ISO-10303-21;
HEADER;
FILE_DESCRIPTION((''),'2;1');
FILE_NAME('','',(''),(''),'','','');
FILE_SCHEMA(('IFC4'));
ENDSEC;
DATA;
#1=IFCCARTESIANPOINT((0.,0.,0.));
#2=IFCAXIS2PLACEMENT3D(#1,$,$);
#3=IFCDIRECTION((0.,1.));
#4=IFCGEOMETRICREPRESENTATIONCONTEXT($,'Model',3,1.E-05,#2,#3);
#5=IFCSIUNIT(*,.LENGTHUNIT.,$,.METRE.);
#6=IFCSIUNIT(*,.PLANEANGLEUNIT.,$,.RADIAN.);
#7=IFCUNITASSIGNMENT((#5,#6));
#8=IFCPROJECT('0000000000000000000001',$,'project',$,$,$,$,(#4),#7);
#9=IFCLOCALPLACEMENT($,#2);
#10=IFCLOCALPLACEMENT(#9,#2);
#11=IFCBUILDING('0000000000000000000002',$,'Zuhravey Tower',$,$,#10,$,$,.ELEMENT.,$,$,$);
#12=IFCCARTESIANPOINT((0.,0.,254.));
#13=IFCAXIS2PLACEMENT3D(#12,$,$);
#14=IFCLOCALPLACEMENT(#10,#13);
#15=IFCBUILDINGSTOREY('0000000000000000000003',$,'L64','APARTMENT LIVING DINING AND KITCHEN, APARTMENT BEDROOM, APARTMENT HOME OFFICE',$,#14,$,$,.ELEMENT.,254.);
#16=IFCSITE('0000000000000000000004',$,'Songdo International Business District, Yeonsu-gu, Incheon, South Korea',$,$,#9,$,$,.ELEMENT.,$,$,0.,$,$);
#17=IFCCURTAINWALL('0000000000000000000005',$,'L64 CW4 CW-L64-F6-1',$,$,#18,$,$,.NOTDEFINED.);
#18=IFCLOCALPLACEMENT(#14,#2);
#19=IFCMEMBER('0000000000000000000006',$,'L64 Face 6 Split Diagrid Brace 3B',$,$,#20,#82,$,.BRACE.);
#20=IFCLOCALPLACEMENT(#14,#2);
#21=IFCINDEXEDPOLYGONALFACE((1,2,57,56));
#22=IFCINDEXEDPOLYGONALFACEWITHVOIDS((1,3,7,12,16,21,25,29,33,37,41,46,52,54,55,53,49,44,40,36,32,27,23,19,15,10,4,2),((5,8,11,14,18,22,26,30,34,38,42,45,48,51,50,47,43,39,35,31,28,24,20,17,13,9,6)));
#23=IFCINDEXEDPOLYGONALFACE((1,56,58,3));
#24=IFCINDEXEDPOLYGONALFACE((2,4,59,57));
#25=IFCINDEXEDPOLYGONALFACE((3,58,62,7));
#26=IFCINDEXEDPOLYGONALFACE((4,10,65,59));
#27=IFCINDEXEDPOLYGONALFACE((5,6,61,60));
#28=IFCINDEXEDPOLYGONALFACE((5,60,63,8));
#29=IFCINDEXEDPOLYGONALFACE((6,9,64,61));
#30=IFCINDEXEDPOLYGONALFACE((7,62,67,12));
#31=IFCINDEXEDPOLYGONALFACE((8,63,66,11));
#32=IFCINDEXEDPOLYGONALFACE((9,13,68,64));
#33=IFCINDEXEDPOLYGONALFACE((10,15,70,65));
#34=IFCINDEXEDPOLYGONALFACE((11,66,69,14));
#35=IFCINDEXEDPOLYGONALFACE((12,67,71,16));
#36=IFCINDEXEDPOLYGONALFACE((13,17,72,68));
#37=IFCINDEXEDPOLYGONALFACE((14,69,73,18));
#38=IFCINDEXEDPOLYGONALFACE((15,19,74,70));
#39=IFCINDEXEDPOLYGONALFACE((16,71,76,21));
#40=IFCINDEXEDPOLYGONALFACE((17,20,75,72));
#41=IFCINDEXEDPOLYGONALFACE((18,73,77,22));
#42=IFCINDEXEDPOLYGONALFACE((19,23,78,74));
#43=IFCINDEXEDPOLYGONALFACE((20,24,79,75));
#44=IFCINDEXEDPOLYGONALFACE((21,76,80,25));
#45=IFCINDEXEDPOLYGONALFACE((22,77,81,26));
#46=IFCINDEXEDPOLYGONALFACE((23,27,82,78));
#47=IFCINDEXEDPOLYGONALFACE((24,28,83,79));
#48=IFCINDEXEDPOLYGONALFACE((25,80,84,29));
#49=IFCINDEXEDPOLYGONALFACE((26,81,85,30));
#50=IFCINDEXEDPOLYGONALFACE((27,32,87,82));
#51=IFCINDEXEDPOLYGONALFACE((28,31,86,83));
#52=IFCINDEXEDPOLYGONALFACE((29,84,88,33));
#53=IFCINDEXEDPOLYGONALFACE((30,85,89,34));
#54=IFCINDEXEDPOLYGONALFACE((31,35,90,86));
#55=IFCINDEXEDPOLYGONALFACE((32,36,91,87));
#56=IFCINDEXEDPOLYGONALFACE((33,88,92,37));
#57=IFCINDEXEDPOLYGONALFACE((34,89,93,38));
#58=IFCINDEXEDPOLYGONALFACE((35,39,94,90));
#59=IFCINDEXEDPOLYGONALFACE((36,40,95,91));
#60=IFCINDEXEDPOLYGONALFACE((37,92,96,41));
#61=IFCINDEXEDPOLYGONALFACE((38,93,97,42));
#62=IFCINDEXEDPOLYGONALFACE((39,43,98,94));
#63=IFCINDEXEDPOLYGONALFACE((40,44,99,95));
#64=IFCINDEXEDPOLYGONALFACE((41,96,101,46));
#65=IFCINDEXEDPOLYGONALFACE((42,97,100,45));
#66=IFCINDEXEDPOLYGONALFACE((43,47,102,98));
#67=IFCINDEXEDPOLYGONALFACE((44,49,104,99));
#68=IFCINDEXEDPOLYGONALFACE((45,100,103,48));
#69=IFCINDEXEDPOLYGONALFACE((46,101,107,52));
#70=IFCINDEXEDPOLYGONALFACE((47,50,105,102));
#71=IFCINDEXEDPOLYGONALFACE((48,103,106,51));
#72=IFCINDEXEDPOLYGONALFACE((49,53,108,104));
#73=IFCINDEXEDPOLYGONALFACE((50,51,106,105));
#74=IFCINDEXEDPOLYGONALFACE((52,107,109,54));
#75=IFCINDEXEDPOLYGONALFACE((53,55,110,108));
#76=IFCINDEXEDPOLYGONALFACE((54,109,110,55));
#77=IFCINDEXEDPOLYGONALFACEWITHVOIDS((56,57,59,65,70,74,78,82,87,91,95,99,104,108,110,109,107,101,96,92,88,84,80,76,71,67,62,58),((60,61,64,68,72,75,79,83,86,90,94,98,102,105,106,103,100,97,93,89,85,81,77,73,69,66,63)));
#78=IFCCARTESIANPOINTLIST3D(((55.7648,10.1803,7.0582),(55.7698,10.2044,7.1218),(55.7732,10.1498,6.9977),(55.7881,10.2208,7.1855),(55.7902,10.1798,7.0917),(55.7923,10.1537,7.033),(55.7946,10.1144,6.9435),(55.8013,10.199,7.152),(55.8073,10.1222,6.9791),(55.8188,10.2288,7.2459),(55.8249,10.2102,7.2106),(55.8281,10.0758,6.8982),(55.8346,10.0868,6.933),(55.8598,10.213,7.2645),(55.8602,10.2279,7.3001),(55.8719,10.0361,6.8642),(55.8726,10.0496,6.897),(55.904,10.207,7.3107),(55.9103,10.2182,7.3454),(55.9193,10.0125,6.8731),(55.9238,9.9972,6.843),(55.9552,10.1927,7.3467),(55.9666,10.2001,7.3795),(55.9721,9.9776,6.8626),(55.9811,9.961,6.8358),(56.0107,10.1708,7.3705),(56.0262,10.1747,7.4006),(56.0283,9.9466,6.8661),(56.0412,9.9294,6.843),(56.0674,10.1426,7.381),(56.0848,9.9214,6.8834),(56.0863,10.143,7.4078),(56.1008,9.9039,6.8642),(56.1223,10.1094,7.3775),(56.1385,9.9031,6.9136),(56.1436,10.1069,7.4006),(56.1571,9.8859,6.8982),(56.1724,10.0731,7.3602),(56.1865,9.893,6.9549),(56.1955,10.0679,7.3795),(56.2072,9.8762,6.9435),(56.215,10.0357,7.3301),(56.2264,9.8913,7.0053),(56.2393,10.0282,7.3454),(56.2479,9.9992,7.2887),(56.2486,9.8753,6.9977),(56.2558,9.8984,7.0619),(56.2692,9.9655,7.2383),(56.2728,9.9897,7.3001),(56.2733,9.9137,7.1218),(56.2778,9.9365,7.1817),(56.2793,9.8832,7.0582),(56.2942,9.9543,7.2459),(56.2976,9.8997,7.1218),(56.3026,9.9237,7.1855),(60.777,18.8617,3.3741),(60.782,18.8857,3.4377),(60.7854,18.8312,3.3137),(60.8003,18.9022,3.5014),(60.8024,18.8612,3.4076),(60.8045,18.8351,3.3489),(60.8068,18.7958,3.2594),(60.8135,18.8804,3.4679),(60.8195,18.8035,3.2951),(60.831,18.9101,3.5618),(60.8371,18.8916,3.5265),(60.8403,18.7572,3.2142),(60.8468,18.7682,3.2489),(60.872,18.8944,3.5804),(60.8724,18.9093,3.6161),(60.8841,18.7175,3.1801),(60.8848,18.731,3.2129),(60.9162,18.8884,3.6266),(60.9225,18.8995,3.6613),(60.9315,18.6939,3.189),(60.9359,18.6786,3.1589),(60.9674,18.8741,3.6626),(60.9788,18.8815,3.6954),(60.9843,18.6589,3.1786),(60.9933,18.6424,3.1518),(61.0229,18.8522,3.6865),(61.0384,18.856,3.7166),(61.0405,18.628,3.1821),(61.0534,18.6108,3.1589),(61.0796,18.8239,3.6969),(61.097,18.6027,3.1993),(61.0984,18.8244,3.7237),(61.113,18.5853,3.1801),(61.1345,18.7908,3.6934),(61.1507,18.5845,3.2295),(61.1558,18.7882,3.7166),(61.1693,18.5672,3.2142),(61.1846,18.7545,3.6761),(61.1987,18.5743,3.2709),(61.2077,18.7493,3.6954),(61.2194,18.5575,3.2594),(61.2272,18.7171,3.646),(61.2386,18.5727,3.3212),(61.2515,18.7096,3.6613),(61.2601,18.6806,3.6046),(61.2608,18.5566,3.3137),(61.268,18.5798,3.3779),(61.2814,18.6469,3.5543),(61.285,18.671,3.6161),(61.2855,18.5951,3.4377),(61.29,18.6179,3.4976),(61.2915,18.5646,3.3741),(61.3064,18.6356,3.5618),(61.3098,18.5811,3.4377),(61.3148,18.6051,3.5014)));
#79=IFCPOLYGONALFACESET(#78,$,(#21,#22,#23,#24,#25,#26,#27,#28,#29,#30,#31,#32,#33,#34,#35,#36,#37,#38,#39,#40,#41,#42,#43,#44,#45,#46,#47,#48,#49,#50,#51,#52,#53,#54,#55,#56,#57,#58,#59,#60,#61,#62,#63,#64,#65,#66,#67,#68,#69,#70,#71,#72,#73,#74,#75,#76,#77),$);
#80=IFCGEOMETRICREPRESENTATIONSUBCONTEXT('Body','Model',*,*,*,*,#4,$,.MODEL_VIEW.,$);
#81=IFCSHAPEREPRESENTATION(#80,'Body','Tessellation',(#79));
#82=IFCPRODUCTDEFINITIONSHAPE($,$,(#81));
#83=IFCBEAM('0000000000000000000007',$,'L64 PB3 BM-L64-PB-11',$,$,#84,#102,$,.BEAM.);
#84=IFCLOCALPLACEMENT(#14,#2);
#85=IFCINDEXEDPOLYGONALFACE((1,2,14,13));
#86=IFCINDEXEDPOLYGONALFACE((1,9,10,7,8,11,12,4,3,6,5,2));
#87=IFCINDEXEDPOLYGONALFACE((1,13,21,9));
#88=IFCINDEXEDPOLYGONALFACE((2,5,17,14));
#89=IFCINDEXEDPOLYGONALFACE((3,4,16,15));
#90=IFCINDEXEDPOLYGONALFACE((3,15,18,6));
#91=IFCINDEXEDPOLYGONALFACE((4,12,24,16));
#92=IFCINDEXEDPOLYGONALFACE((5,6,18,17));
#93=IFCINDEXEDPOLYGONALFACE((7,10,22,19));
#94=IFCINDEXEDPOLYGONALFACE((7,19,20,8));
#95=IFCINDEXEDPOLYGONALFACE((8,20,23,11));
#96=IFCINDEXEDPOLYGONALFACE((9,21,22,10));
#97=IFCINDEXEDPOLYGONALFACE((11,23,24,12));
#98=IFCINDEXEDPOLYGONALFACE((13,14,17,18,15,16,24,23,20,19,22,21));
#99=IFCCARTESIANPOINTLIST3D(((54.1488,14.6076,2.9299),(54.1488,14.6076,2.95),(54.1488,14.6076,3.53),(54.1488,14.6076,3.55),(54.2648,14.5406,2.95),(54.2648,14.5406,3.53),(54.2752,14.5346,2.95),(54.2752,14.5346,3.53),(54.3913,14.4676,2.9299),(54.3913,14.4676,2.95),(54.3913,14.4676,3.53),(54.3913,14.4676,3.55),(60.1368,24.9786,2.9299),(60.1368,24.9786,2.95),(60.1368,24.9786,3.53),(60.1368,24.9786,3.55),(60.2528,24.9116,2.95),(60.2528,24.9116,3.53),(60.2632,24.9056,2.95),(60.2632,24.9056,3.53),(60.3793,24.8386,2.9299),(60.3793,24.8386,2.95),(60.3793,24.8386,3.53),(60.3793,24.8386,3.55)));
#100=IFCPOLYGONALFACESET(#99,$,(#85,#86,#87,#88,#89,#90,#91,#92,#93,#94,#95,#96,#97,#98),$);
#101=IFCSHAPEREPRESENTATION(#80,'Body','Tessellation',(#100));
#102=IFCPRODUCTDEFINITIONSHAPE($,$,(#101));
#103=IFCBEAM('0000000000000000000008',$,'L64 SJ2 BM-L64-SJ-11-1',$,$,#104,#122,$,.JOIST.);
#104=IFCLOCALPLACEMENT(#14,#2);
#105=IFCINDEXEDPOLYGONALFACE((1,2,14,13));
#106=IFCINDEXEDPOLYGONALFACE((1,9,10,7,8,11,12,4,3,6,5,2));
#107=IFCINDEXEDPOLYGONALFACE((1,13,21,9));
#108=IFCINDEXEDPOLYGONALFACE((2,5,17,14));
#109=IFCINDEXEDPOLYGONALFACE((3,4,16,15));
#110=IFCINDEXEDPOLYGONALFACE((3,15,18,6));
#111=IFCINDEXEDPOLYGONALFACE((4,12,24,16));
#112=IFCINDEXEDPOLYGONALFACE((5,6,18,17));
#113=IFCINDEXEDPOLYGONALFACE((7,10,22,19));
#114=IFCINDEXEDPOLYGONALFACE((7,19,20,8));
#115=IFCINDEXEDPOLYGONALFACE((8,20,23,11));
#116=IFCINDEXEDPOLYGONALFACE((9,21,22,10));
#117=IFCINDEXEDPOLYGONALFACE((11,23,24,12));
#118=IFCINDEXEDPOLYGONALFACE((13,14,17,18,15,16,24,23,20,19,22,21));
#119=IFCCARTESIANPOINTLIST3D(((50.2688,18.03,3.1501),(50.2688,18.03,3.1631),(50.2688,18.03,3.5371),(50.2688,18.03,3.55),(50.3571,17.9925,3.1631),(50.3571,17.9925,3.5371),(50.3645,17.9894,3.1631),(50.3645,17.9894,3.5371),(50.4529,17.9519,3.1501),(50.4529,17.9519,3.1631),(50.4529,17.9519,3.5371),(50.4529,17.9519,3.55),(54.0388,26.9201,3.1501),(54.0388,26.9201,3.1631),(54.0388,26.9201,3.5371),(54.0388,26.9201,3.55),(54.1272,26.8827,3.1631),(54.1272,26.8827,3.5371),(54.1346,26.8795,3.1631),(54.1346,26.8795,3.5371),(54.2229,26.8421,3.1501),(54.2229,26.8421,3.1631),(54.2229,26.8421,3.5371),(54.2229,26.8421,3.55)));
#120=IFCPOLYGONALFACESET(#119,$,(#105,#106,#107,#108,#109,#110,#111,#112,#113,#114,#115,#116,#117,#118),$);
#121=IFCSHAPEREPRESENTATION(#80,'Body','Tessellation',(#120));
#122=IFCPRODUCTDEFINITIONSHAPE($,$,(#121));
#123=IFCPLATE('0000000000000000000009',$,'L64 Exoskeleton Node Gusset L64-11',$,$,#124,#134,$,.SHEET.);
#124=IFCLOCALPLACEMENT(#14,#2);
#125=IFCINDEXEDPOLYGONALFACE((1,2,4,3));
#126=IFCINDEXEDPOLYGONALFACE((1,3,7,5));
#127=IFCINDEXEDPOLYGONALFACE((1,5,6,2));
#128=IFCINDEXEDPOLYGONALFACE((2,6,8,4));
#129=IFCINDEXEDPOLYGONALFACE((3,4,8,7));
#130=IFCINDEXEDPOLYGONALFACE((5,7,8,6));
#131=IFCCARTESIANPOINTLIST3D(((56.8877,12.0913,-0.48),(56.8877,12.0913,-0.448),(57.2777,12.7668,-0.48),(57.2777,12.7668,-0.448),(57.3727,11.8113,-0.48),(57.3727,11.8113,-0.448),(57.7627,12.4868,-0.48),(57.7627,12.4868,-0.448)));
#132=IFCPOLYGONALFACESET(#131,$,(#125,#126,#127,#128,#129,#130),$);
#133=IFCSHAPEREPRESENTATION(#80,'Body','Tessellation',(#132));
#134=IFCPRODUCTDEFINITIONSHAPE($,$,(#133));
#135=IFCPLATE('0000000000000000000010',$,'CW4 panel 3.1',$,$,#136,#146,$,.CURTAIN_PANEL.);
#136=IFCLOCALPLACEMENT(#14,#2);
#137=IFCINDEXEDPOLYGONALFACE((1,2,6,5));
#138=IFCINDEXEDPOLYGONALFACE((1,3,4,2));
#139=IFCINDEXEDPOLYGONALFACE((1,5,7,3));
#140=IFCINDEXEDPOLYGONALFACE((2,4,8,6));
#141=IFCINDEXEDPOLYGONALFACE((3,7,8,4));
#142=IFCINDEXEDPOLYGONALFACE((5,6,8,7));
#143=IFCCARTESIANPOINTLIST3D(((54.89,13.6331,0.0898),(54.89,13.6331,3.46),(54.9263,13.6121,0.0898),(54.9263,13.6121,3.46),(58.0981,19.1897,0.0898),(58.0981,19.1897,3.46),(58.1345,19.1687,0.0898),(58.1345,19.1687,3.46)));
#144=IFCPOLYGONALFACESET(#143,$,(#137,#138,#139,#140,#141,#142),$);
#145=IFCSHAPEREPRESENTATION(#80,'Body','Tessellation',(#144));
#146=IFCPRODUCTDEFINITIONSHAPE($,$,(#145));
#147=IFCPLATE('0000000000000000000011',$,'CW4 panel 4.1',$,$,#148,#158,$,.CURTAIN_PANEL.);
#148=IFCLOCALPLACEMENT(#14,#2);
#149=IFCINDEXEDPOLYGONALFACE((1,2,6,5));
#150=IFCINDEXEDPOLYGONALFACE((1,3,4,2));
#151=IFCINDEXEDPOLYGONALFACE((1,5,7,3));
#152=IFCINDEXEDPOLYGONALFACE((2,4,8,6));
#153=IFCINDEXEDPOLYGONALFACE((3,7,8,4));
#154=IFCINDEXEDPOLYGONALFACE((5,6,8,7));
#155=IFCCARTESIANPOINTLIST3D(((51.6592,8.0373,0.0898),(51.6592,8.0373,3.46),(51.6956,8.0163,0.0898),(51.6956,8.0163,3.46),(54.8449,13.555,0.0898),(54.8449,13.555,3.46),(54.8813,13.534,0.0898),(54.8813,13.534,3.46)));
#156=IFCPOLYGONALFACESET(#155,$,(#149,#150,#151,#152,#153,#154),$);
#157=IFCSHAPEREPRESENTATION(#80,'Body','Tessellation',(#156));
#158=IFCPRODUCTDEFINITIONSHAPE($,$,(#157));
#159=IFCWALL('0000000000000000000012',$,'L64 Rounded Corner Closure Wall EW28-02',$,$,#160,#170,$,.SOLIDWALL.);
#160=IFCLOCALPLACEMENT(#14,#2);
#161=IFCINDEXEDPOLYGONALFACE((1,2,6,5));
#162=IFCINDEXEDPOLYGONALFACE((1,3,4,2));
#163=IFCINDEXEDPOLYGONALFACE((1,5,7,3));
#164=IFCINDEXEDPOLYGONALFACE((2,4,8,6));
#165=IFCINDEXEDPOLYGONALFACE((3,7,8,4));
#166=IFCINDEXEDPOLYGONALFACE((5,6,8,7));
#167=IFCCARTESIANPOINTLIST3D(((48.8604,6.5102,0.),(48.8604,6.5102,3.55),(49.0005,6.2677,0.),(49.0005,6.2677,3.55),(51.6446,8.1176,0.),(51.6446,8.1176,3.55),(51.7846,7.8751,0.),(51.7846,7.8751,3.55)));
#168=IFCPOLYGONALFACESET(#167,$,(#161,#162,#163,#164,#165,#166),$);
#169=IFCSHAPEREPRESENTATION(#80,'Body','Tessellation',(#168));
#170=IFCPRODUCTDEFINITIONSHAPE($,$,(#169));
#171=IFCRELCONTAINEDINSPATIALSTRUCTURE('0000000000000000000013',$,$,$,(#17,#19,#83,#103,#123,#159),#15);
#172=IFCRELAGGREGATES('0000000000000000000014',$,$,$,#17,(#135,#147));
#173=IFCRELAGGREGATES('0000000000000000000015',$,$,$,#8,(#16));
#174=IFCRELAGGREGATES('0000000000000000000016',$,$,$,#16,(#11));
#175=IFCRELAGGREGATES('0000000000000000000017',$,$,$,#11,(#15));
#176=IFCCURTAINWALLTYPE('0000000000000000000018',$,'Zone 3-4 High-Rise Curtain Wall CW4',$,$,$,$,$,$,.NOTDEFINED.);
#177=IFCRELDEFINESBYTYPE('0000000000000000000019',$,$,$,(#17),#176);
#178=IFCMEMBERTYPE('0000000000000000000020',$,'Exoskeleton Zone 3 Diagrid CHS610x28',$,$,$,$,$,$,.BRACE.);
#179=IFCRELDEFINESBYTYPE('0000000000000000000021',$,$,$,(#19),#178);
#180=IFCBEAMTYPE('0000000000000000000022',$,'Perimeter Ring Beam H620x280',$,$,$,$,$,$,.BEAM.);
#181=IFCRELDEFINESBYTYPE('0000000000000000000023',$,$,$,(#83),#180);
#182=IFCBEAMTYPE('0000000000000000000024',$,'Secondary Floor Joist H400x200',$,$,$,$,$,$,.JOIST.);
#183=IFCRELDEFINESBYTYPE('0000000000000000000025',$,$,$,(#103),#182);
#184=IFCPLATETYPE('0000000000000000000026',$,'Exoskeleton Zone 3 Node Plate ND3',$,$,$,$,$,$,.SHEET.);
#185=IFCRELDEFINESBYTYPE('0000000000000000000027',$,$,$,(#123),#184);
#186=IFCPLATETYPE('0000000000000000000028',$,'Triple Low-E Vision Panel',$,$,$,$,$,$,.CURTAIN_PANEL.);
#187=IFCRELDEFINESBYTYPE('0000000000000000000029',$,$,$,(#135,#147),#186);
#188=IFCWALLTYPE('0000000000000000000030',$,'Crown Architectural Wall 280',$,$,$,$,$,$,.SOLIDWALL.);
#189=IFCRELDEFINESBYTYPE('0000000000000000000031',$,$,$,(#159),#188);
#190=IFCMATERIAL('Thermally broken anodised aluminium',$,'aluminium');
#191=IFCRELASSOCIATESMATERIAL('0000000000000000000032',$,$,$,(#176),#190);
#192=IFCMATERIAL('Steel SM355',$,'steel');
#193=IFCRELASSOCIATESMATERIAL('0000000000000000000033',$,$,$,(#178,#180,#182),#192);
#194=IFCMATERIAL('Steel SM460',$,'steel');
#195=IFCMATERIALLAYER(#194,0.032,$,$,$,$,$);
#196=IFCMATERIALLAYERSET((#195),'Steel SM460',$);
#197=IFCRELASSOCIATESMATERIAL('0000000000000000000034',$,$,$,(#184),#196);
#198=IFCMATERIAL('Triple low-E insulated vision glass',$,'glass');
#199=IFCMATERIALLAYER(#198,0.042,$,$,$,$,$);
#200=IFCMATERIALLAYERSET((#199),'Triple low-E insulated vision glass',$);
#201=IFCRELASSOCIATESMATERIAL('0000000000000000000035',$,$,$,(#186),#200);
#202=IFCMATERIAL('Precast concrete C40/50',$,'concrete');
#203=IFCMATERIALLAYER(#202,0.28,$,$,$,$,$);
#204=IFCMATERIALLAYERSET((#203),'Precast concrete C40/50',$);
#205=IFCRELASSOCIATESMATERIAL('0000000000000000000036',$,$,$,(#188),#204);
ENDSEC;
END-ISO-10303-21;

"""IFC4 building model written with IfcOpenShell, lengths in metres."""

from ifc_helpers import new_model, si_unit, direction, frame, frame_2d, origin, origin_2d, place, context, subcontext, project, spatial, rectangle, hollow_circle, i_section, extrude, material, layer, layer_set, material_profile, profile_set, type_object, element, aggregate, save


model = new_model("IFC4")

# Units and contexts
model_context = context("Model", 3, precision=1e-05, world=origin(), true_north=direction((0.0, 1.0)))
body_context = subcontext(model_context, "Body", "Model", "MODEL_VIEW")
ifc_project = project(units=[si_unit("LENGTHUNIT", "METRE"), si_unit("PLANEANGLEUNIT", "RADIAN")], contexts=[model_context])

# Site, building, storey
site_placement = place(None, origin())
site = spatial("IfcSite", under=ifc_project, at=site_placement, Name="Songdo International Business District, Yeonsu-gu, Incheon, South Korea", CompositionType="ELEMENT", RefElevation=0.0)
building_placement = place(site_placement, origin())
building = spatial("IfcBuilding", under=site, at=building_placement, Name="Zuhravey Tower", CompositionType="ELEMENT")
storey_placement = place(building_placement, frame((0.0, 0.0, 254.0)))
storey = spatial("IfcBuildingStorey", under=building, at=storey_placement, Name="L64", Description="APARTMENT LIVING DINING AND KITCHEN, APARTMENT BEDROOM, APARTMENT HOME OFFICE", CompositionType="ELEMENT", Elevation=254.0)

# Curtain wall
ifc_material_1 = material(Name="Thermally broken anodised aluminium", Category="aluminium")
curtain_wall_type = type_object("IfcCurtainWallType", Name="Zone 3-4 High-Rise Curtain Wall CW4", PredefinedType="NOTDEFINED", material=ifc_material_1)
curtain_wall_1_placement = place(storey_placement, origin())
curtain_wall_1 = element("IfcCurtainWall", 1, at=curtain_wall_1_placement, inside=storey, type_object=curtain_wall_type, Name="L64 CW4 CW-L64-F6-1", PredefinedType="NOTDEFINED")

# Member
ifc_material_2 = material(Name="Steel SM355", Category="steel")
ifc_material_profile_1 = material_profile(ifc_material_2, hollow_circle(Radius=0.3047, WallThickness=0.0281, at=origin_2d()), Name="CHS-609.6x28")
ifc_profile_set_1 = profile_set([ifc_material_profile_1], Name="Steel SM355")
member_type_1 = type_object("IfcMemberType", Name="Exoskeleton Zone 3 Diagrid CHS610x28", PredefinedType="BRACE", material=ifc_profile_set_1)
member_1_placement = place(storey_placement, frame((61.0459, 18.7334, 3.4377), z_axis=(-0.46931, -0.812869, 0.344953), x_axis=(0.866025, -0.5, 0.0)))
element("IfcMember", 2, at=member_1_placement, inside=storey, type_object=member_type_1, Name="L64 Face 6 Split Diagrid Brace 3B", PredefinedType="BRACE", context=body_context, shape_type="SweptSolid", body=[
    extrude(hollow_circle(Radius=0.3047, WallThickness=0.0281, at=origin_2d()), origin(), (0.0, 0.0, 1.0), 10.6799),
])

# Beams
ifc_material_profile_2 = material_profile(ifc_material_2, i_section(OverallWidth=0.28, OverallDepth=0.6201, WebThickness=0.012, FlangeThickness=0.02, at=origin_2d()), Name="H-620x280x12x20")
ifc_profile_set_2 = profile_set([ifc_material_profile_2], Name="Steel SM355")
beam_type_1 = type_object("IfcBeamType", Name="Perimeter Ring Beam H620x280", PredefinedType="BEAM", material=ifc_profile_set_2)
beam_1_placement = place(storey_placement, frame((54.27, 14.5376, 3.24), z_axis=(0.500018, 0.866015, 0.0), x_axis=(-0.866015, 0.500018, 0.0)))
element("IfcBeam", 3, at=beam_1_placement, inside=storey, type_object=beam_type_1, Name="L64 PB3 BM-L64-PB-11", PredefinedType="BEAM", context=body_context, shape_type="SweptSolid", body=[
    extrude(i_section(OverallWidth=0.28, OverallDepth=0.6201, WebThickness=0.012, FlangeThickness=0.02, at=origin_2d()), origin(), (0.0, 0.0, 1.0), 11.9756),
])
ifc_material_profile_3 = material_profile(ifc_material_2, i_section(OverallWidth=0.2, OverallDepth=0.3999, WebThickness=0.0081, FlangeThickness=0.0129, at=origin_2d()), Name="H-400x200x8x13")
ifc_profile_set_3 = profile_set([ifc_material_profile_3], Name="Steel SM355")
beam_type_2 = type_object("IfcBeamType", Name="Secondary Floor Joist H400x200", PredefinedType="JOIST", material=ifc_profile_set_3)
beam_2_placement = place(storey_placement, frame((50.3608, 17.991, 3.3501), z_axis=(0.390413, 0.92064, 0.0), x_axis=(-0.92064, 0.390413, 0.0)))
element("IfcBeam", 4, at=beam_2_placement, inside=storey, type_object=beam_type_2, Name="L64 SJ2 BM-L64-SJ-11-1", PredefinedType="JOIST", context=body_context, shape_type="SweptSolid", body=[
    extrude(i_section(OverallWidth=0.2, OverallDepth=0.3999, WebThickness=0.0081, FlangeThickness=0.0129, at=origin_2d()), origin(), (0.0, 0.0, 1.0), 9.6565),
])

# Plates
ifc_material_3 = material(Name="Steel SM460", Category="steel")
ifc_layer_1 = layer(ifc_material_3, 0.032)
ifc_layer_set_1 = layer_set([ifc_layer_1], Name="Steel SM460")
plate_type_1 = type_object("IfcPlateType", Name="Exoskeleton Zone 3 Node Plate ND3", PredefinedType="SHEET", material=ifc_layer_set_1)
plate_1_placement = place(storey_placement, frame((57.3252, 12.2891, -0.48), z_axis=(0.0, 0.0, 1.0), x_axis=(0.5, 0.866025, 0.0)))
element("IfcPlate", 5, at=plate_1_placement, inside=storey, type_object=plate_type_1, Name="L64 Exoskeleton Node Gusset L64-11", PredefinedType="SHEET", context=body_context, shape_type="SweptSolid", body=[
    extrude(rectangle(XDim=0.78, YDim=0.5601, at=origin_2d()), origin(), (0.0, 0.0, 1.0), 0.032),
])
ifc_material_4 = material(Name="Triple low-E insulated vision glass", Category="glass")
ifc_layer_2 = layer(ifc_material_4, 0.042)
ifc_layer_set_2 = layer_set([ifc_layer_2], Name="Triple low-E insulated vision glass")
plate_type_2 = type_object("IfcPlateType", Name="Triple Low-E Vision Panel", PredefinedType="CURTAIN_PANEL", material=ifc_layer_set_2)
plate_2_placement = place(storey_placement, frame((56.5122, 16.4009, 0.0898), z_axis=(0.0, 0.0, 1.0), x_axis=(-0.500001, -0.866025, 0.0)))
plate_2 = element("IfcPlate", 6, at=plate_2_placement, type_object=plate_type_2, Name="CW4 panel 3.1", PredefinedType="CURTAIN_PANEL", context=body_context, shape_type="SweptSolid", body=[
    extrude(rectangle(XDim=6.4163, YDim=0.042, at=origin_2d()), origin(), (0.0, 0.0, 1.0), 3.3701),
])
plate_3_placement = place(storey_placement, frame((53.2703, 10.7856, 0.0898), z_axis=(0.0, 0.0, 1.0), x_axis=(-0.500001, -0.866025, 0.0)))
plate_3 = element("IfcPlate", 7, at=plate_3_placement, type_object=plate_type_2, Name="CW4 panel 4.1", PredefinedType="CURTAIN_PANEL", context=body_context, shape_type="SweptSolid", body=[
    extrude(rectangle(XDim=6.3713, YDim=0.042, at=origin_2d()), origin(), (0.0, 0.0, 1.0), 3.3701),
])
aggregate(curtain_wall_1, [plate_2, plate_3])

# Wall
ifc_material_5 = material(Name="Precast concrete C40/50", Category="concrete")
ifc_layer_3 = layer(ifc_material_5, 0.28)
ifc_layer_set_3 = layer_set([ifc_layer_3], Name="Precast concrete C40/50")
wall_type_1 = type_object("IfcWallType", Name="Crown Architectural Wall 280", PredefinedType="SOLIDWALL", material=ifc_layer_set_3)
wall_1_placement = place(storey_placement, frame((51.7146, 7.9963, 0.0), z_axis=(0.0, 0.0, 1.0), x_axis=(-0.866029, -0.499994, 0.0)))
element("IfcWall", 8, at=wall_1_placement, inside=storey, type_object=wall_type_1, Name="L64 Rounded Corner Closure Wall EW28-02", PredefinedType="SOLIDWALL", context=body_context, shape_type="SweptSolid", body=[
    extrude(rectangle(XDim=3.2148, YDim=0.28, at=frame_2d((1.6074, 0.0))), origin(), (0.0, 0.0, 1.0), 3.55),
])

save(model, "model.ifc")
